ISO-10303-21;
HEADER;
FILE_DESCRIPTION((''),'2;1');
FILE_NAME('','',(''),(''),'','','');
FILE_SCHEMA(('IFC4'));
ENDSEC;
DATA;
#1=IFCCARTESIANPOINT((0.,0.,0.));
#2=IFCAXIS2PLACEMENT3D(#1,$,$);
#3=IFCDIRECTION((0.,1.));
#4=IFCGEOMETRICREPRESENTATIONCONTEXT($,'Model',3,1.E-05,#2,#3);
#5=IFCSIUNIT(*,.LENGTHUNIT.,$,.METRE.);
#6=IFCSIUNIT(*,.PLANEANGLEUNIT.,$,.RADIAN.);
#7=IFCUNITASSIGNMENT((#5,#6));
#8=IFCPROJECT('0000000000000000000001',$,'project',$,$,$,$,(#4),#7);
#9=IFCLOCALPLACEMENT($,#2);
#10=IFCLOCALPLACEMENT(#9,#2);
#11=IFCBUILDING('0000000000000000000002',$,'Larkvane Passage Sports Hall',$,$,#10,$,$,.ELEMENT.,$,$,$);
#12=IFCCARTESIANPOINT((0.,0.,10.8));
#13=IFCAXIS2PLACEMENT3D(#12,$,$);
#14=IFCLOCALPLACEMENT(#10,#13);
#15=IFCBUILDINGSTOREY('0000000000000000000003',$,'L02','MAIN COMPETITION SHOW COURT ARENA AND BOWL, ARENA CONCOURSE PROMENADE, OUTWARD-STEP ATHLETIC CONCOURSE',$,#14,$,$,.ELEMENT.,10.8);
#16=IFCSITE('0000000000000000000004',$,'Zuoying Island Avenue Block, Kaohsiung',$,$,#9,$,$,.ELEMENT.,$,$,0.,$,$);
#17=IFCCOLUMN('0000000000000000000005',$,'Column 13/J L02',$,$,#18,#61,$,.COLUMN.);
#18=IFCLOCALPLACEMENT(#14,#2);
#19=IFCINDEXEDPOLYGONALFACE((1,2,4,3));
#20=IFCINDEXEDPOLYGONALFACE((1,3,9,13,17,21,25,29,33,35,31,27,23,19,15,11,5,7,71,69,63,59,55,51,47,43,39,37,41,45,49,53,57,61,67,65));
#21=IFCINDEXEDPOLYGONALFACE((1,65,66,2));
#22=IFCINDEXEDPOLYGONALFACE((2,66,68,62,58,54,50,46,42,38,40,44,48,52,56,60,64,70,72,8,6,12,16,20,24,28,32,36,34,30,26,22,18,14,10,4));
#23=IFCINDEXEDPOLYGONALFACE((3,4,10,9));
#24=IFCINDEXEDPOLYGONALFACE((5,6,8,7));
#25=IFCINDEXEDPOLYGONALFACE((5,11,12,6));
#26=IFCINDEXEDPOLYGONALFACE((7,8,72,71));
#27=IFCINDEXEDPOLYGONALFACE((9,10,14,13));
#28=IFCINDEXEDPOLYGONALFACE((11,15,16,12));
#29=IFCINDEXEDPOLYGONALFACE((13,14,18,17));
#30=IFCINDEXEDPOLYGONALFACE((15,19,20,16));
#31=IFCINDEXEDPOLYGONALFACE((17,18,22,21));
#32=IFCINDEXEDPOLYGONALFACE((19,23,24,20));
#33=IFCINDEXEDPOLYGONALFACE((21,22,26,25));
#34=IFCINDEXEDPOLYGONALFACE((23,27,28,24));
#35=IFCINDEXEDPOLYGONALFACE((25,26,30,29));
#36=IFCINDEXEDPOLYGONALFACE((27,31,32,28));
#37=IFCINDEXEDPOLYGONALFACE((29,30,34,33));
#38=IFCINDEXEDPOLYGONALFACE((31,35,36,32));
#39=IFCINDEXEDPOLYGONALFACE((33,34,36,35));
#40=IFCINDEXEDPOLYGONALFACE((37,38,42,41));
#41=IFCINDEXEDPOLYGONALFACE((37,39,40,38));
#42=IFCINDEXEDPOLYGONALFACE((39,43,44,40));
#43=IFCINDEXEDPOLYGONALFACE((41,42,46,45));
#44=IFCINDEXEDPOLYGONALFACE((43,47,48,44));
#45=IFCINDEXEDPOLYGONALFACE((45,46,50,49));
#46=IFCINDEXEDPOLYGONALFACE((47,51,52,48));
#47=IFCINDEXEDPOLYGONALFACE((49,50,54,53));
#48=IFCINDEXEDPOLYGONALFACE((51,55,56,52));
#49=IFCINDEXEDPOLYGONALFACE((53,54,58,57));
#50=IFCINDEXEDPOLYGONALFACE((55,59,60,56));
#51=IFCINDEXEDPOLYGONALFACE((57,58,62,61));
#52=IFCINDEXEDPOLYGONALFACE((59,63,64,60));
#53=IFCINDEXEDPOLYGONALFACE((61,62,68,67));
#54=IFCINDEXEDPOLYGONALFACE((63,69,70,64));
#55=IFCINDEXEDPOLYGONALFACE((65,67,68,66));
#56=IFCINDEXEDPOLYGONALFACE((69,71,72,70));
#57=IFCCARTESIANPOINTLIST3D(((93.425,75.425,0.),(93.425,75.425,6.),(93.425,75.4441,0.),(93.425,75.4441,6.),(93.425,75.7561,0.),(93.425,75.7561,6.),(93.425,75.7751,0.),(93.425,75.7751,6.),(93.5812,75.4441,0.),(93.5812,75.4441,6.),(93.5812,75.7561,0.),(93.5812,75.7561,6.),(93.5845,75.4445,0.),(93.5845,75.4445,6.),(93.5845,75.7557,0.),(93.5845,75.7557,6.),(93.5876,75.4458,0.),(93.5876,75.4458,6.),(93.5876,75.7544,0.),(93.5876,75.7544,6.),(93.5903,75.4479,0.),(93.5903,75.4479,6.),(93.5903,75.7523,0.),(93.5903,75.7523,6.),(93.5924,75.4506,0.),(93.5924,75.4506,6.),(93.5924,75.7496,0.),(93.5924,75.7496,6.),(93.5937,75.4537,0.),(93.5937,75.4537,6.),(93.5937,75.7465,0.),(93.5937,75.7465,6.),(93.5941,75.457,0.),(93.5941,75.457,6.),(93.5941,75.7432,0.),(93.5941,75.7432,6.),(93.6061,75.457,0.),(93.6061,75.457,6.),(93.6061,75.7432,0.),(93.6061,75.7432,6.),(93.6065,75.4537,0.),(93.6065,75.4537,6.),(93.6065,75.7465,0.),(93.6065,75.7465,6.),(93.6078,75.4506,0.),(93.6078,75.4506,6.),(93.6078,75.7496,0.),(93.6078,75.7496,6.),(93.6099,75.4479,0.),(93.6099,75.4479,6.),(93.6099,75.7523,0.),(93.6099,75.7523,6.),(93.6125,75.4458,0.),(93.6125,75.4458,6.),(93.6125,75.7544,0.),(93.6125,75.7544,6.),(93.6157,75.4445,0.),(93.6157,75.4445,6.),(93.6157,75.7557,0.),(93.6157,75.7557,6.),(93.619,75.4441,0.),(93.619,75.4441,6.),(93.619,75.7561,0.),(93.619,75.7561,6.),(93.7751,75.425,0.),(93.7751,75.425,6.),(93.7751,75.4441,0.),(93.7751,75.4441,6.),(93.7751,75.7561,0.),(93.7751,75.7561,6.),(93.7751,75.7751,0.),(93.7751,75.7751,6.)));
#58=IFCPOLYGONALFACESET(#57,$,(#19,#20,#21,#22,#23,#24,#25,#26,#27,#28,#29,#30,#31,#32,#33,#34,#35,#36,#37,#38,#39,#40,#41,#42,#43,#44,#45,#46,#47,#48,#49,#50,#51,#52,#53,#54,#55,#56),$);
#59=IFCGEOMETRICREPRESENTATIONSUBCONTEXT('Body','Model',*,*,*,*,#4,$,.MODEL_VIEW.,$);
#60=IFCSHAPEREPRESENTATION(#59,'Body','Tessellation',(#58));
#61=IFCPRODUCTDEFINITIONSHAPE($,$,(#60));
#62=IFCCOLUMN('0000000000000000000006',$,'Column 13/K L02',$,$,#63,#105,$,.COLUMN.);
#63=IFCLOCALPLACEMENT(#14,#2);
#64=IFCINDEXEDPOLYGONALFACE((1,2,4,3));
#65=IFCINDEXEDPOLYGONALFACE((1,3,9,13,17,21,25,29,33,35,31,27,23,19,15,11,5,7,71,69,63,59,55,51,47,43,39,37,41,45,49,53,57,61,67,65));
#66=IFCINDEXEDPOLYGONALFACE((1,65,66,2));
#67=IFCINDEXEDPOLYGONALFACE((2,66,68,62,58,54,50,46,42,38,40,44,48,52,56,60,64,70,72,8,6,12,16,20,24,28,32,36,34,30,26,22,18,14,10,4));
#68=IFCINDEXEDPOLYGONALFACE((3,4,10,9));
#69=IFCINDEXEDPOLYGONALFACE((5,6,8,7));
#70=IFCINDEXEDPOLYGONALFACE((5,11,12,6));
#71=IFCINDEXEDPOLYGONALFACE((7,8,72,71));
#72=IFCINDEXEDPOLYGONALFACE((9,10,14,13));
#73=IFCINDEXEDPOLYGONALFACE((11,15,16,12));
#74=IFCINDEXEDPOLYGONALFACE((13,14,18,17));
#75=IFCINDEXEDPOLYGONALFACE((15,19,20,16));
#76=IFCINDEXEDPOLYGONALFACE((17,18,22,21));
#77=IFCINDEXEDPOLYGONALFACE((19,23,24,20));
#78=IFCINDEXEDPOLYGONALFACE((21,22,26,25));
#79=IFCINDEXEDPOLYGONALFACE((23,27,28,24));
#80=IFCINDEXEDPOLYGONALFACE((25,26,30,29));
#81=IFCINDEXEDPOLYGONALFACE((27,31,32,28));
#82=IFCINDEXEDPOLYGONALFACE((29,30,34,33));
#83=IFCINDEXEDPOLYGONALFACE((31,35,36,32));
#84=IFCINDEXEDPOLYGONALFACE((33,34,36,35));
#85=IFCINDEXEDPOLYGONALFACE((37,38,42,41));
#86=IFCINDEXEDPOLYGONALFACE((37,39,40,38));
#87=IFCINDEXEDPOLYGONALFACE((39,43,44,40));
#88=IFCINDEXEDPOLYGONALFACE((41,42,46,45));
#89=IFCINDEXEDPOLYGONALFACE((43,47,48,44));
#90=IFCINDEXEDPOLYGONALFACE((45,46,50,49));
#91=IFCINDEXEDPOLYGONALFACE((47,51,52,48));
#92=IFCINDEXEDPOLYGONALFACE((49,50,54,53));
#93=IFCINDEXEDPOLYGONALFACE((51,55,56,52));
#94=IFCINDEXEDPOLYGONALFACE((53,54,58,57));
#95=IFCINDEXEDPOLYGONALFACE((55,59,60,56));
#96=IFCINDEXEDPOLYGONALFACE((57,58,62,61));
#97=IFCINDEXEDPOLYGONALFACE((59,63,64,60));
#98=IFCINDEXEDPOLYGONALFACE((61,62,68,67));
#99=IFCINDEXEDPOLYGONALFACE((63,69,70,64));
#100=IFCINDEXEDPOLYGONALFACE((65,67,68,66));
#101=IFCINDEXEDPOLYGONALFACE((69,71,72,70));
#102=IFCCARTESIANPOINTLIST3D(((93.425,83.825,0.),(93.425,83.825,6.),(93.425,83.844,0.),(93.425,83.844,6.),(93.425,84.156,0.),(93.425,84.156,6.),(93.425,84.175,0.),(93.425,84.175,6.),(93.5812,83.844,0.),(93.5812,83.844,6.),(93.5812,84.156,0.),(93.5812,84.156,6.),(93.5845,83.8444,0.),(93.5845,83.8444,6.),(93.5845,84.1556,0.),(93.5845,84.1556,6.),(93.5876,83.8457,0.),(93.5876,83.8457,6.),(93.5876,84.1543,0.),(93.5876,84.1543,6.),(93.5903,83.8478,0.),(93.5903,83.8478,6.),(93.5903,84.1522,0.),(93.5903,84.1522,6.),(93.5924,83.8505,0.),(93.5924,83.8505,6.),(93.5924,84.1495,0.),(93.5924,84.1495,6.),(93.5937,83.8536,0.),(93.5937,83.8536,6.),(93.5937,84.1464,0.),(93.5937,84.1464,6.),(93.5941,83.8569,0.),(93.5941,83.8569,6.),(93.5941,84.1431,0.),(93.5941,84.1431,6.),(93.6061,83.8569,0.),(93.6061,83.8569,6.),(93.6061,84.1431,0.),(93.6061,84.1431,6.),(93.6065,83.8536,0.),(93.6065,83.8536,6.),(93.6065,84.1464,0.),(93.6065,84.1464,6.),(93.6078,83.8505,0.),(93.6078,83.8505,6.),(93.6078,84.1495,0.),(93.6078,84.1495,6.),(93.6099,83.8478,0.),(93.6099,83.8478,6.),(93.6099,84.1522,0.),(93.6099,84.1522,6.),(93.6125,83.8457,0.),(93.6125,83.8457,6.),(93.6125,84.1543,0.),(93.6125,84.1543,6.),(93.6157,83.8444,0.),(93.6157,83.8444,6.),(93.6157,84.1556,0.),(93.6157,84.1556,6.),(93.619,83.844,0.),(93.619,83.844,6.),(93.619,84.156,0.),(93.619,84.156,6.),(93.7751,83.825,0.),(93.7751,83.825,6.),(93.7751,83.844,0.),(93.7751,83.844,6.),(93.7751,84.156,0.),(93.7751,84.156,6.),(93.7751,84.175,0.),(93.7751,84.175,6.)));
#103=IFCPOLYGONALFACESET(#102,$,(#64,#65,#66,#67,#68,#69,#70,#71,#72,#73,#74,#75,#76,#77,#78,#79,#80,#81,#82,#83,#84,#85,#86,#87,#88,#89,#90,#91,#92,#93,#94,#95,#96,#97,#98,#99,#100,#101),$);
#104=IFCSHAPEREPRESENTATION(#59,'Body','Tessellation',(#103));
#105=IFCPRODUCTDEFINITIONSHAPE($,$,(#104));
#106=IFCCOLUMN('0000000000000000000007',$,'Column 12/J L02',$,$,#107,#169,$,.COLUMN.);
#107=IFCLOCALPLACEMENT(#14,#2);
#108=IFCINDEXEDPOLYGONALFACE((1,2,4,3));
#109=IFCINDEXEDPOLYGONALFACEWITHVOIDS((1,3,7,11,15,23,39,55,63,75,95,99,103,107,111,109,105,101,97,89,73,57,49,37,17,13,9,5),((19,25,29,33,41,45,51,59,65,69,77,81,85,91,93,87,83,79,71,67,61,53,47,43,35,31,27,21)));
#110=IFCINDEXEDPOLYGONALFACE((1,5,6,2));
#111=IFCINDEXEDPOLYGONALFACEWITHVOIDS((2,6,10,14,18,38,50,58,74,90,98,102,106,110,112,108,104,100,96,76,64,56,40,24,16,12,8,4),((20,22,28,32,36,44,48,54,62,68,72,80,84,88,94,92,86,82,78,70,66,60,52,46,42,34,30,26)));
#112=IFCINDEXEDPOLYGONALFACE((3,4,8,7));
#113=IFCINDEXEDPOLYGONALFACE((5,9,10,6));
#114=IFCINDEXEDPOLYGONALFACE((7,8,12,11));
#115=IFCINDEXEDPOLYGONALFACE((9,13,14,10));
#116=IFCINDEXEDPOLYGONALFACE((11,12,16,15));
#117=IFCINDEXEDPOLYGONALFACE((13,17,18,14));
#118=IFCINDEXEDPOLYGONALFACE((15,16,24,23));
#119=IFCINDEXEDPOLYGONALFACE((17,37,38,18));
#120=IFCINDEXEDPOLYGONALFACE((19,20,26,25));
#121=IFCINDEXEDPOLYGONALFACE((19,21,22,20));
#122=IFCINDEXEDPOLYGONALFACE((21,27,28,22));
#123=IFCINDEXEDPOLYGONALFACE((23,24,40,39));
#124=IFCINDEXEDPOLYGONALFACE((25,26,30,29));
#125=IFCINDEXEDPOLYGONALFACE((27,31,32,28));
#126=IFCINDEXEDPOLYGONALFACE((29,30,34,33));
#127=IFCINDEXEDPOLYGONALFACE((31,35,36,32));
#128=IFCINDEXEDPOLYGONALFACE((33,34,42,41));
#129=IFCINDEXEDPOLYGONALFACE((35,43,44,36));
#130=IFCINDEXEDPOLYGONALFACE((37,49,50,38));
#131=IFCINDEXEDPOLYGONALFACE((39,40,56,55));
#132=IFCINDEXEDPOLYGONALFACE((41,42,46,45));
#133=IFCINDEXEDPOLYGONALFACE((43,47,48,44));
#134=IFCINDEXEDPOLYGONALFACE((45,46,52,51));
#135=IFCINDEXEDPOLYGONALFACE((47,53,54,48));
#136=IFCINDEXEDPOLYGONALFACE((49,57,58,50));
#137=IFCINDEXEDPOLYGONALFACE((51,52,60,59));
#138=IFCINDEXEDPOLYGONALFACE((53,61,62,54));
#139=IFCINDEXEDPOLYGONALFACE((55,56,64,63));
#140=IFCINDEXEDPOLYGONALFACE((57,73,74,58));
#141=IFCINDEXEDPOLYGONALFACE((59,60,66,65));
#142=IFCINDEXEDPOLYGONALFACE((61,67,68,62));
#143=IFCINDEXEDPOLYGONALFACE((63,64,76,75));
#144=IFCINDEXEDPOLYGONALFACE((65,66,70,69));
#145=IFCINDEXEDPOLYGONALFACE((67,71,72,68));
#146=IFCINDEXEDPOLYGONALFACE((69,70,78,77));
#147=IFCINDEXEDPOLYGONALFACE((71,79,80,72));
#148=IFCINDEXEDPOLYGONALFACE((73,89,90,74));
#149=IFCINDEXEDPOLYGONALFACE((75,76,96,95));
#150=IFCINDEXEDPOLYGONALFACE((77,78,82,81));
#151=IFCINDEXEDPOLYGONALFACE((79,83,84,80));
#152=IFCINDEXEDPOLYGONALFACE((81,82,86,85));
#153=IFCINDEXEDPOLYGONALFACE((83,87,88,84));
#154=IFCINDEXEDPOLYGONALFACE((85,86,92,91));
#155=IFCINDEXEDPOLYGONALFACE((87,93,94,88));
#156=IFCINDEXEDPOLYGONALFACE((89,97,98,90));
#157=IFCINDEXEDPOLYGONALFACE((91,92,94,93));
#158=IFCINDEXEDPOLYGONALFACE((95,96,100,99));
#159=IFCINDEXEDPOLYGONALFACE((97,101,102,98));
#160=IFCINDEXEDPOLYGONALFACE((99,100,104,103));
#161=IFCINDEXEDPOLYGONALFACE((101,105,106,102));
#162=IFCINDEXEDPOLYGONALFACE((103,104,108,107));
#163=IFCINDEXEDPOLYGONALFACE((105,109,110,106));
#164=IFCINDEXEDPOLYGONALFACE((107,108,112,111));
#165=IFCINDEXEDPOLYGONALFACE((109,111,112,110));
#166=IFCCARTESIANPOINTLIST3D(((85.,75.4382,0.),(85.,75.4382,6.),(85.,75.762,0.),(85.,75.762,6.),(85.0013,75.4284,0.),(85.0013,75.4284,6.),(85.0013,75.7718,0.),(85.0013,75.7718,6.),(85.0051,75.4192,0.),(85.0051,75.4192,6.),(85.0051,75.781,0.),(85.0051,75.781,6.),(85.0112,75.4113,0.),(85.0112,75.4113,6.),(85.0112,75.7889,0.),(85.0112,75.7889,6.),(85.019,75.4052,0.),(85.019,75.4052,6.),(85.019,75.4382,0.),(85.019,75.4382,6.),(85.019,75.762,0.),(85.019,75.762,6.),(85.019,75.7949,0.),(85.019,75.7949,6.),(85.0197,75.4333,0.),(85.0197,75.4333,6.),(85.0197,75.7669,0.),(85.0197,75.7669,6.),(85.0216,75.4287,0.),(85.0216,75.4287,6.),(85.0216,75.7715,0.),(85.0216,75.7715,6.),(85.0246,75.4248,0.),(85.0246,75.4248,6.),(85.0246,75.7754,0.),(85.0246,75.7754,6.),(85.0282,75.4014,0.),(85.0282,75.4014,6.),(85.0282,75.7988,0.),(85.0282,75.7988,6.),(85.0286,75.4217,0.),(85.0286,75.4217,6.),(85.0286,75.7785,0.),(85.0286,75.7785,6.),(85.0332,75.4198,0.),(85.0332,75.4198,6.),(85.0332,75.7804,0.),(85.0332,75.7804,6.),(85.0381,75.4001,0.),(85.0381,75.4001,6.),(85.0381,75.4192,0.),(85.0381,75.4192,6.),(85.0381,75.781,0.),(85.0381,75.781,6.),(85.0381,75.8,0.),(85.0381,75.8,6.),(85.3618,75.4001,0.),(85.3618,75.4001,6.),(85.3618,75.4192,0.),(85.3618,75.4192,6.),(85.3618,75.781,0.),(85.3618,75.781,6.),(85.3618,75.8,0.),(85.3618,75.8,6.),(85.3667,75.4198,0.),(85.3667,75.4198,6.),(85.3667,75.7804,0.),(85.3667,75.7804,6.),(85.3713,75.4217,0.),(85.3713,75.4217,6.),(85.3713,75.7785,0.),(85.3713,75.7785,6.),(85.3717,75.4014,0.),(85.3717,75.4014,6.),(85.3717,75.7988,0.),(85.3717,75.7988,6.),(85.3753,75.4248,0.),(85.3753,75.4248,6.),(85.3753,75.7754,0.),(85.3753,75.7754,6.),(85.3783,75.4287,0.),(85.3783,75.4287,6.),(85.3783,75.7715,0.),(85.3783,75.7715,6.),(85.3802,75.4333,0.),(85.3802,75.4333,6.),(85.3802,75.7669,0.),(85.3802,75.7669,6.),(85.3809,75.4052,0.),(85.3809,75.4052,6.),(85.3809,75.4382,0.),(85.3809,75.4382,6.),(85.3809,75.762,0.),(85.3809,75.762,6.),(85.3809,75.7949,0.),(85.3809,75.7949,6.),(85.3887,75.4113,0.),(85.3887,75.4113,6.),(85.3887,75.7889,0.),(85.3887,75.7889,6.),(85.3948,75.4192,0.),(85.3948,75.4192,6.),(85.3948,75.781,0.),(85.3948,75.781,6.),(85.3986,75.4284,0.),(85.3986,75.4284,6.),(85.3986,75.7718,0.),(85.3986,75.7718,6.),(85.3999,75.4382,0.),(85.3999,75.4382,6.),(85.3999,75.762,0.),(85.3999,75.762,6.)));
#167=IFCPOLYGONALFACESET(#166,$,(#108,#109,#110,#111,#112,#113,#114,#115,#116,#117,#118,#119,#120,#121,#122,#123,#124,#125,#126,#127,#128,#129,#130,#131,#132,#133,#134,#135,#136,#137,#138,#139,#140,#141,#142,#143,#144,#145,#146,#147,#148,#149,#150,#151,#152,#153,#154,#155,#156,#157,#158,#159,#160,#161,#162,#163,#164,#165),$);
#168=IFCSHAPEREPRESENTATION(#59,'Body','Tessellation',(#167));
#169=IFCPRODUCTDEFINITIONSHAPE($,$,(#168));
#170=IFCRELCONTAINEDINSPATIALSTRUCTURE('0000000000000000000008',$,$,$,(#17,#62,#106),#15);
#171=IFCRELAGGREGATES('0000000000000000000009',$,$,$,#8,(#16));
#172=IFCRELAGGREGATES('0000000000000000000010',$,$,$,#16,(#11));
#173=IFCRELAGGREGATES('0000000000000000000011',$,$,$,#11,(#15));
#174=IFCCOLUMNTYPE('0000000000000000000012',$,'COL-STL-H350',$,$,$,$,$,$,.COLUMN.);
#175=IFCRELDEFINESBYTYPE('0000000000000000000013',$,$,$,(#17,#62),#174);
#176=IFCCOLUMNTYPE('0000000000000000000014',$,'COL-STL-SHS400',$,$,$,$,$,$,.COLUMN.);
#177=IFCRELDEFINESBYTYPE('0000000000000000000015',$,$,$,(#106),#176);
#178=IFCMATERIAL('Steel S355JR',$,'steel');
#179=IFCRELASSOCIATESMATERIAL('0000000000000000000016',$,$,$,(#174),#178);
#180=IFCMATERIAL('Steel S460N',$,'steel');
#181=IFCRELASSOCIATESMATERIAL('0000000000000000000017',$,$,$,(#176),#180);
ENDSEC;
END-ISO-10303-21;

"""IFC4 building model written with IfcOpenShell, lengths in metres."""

from ifc_helpers import new_model, si_unit, direction, frame, origin, origin_2d, place, context, subcontext, project, spatial, hollow_rectangle, i_section, extrude, material, material_profile, profile_set, type_object, element, save


model = new_model("IFC4")

# Units and contexts
model_context = context("Model", 3, precision=1e-05, world=origin(), true_north=direction((0.0, 1.0)))
body_context = subcontext(model_context, "Body", "Model", "MODEL_VIEW")
ifc_project = project(units=[si_unit("LENGTHUNIT", "METRE"), si_unit("PLANEANGLEUNIT", "RADIAN")], contexts=[model_context])

# Site, building, storey
site_placement = place(None, origin())
site = spatial("IfcSite", under=ifc_project, at=site_placement, Name="Zuoying Island Avenue Block, Kaohsiung", CompositionType="ELEMENT", RefElevation=0.0)
building_placement = place(site_placement, origin())
building = spatial("IfcBuilding", under=site, at=building_placement, Name="Larkvane Passage Sports Hall", CompositionType="ELEMENT")
storey_placement = place(building_placement, frame((0.0, 0.0, 10.8)))
storey = spatial("IfcBuildingStorey", under=building, at=storey_placement, Name="L02", Description="MAIN COMPETITION SHOW COURT ARENA AND BOWL, ARENA CONCOURSE PROMENADE, OUTWARD-STEP ATHLETIC CONCOURSE", CompositionType="ELEMENT", Elevation=10.8)

# Columns
ifc_material_1 = material(Name="Steel S355JR", Category="steel")
ifc_material_profile_1 = material_profile(ifc_material_1, i_section(OverallWidth=0.3501, OverallDepth=0.3501, WebThickness=0.012, FlangeThickness=0.019, FilletRadius=0.0129, at=origin_2d()), Name="H-350x350x12x19")
ifc_profile_set_1 = profile_set([ifc_material_profile_1], Name="Steel S355JR")
column_type_1 = type_object("IfcColumnType", Name="COL-STL-H350", PredefinedType="COLUMN", material=ifc_profile_set_1)
for number, where, z_axis, x_axis, name in (
    (1, (93.6001, 75.6001, 0.0), (0.0, 0.0, 1.0), (1.0, 0.0, 0.0), "Column 13/J L02"),
    (2, (93.6001, 84.0, 0.0), (0.0, 0.0, 1.0), (1.0, 0.0, 0.0), "Column 13/K L02"),
):
    element("IfcColumn", number, at=place(storey_placement, frame(where, z_axis=z_axis, x_axis=x_axis)), inside=storey, type_object=column_type_1, Name=name, PredefinedType="COLUMN", context=body_context, shape_type="SweptSolid", body=[
        extrude(i_section(OverallWidth=0.3501, OverallDepth=0.3501, WebThickness=0.012, FlangeThickness=0.019, FilletRadius=0.0129, at=origin_2d()), origin(), (0.0, 0.0, 1.0), 6.0),
    ])
ifc_material_2 = material(Name="Steel S460N", Category="steel")
ifc_material_profile_2 = material_profile(ifc_material_2, hollow_rectangle(XDim=0.3999, YDim=0.3999, WallThickness=0.019, InnerFilletRadius=0.019, OuterFilletRadius=0.0381, at=origin_2d()), Name="SHS-400x400x19")
ifc_profile_set_2 = profile_set([ifc_material_profile_2], Name="Steel S460N")
column_type_2 = type_object("IfcColumnType", Name="COL-STL-SHS400", PredefinedType="COLUMN", material=ifc_profile_set_2)
column_placement = place(storey_placement, frame((85.2, 75.6001, 0.0), z_axis=(0.0, 0.0, 1.0), x_axis=(1.0, 0.0, 0.0)))
element("IfcColumn", 3, at=column_placement, inside=storey, type_object=column_type_2, Name="Column 12/J L02", PredefinedType="COLUMN", context=body_context, shape_type="SweptSolid", body=[
    extrude(hollow_rectangle(XDim=0.3999, YDim=0.3999, WallThickness=0.019, InnerFilletRadius=0.019, OuterFilletRadius=0.0381, at=origin_2d()), origin(), (0.0, 0.0, 1.0), 6.0),
])

save(model, "model.ifc")
